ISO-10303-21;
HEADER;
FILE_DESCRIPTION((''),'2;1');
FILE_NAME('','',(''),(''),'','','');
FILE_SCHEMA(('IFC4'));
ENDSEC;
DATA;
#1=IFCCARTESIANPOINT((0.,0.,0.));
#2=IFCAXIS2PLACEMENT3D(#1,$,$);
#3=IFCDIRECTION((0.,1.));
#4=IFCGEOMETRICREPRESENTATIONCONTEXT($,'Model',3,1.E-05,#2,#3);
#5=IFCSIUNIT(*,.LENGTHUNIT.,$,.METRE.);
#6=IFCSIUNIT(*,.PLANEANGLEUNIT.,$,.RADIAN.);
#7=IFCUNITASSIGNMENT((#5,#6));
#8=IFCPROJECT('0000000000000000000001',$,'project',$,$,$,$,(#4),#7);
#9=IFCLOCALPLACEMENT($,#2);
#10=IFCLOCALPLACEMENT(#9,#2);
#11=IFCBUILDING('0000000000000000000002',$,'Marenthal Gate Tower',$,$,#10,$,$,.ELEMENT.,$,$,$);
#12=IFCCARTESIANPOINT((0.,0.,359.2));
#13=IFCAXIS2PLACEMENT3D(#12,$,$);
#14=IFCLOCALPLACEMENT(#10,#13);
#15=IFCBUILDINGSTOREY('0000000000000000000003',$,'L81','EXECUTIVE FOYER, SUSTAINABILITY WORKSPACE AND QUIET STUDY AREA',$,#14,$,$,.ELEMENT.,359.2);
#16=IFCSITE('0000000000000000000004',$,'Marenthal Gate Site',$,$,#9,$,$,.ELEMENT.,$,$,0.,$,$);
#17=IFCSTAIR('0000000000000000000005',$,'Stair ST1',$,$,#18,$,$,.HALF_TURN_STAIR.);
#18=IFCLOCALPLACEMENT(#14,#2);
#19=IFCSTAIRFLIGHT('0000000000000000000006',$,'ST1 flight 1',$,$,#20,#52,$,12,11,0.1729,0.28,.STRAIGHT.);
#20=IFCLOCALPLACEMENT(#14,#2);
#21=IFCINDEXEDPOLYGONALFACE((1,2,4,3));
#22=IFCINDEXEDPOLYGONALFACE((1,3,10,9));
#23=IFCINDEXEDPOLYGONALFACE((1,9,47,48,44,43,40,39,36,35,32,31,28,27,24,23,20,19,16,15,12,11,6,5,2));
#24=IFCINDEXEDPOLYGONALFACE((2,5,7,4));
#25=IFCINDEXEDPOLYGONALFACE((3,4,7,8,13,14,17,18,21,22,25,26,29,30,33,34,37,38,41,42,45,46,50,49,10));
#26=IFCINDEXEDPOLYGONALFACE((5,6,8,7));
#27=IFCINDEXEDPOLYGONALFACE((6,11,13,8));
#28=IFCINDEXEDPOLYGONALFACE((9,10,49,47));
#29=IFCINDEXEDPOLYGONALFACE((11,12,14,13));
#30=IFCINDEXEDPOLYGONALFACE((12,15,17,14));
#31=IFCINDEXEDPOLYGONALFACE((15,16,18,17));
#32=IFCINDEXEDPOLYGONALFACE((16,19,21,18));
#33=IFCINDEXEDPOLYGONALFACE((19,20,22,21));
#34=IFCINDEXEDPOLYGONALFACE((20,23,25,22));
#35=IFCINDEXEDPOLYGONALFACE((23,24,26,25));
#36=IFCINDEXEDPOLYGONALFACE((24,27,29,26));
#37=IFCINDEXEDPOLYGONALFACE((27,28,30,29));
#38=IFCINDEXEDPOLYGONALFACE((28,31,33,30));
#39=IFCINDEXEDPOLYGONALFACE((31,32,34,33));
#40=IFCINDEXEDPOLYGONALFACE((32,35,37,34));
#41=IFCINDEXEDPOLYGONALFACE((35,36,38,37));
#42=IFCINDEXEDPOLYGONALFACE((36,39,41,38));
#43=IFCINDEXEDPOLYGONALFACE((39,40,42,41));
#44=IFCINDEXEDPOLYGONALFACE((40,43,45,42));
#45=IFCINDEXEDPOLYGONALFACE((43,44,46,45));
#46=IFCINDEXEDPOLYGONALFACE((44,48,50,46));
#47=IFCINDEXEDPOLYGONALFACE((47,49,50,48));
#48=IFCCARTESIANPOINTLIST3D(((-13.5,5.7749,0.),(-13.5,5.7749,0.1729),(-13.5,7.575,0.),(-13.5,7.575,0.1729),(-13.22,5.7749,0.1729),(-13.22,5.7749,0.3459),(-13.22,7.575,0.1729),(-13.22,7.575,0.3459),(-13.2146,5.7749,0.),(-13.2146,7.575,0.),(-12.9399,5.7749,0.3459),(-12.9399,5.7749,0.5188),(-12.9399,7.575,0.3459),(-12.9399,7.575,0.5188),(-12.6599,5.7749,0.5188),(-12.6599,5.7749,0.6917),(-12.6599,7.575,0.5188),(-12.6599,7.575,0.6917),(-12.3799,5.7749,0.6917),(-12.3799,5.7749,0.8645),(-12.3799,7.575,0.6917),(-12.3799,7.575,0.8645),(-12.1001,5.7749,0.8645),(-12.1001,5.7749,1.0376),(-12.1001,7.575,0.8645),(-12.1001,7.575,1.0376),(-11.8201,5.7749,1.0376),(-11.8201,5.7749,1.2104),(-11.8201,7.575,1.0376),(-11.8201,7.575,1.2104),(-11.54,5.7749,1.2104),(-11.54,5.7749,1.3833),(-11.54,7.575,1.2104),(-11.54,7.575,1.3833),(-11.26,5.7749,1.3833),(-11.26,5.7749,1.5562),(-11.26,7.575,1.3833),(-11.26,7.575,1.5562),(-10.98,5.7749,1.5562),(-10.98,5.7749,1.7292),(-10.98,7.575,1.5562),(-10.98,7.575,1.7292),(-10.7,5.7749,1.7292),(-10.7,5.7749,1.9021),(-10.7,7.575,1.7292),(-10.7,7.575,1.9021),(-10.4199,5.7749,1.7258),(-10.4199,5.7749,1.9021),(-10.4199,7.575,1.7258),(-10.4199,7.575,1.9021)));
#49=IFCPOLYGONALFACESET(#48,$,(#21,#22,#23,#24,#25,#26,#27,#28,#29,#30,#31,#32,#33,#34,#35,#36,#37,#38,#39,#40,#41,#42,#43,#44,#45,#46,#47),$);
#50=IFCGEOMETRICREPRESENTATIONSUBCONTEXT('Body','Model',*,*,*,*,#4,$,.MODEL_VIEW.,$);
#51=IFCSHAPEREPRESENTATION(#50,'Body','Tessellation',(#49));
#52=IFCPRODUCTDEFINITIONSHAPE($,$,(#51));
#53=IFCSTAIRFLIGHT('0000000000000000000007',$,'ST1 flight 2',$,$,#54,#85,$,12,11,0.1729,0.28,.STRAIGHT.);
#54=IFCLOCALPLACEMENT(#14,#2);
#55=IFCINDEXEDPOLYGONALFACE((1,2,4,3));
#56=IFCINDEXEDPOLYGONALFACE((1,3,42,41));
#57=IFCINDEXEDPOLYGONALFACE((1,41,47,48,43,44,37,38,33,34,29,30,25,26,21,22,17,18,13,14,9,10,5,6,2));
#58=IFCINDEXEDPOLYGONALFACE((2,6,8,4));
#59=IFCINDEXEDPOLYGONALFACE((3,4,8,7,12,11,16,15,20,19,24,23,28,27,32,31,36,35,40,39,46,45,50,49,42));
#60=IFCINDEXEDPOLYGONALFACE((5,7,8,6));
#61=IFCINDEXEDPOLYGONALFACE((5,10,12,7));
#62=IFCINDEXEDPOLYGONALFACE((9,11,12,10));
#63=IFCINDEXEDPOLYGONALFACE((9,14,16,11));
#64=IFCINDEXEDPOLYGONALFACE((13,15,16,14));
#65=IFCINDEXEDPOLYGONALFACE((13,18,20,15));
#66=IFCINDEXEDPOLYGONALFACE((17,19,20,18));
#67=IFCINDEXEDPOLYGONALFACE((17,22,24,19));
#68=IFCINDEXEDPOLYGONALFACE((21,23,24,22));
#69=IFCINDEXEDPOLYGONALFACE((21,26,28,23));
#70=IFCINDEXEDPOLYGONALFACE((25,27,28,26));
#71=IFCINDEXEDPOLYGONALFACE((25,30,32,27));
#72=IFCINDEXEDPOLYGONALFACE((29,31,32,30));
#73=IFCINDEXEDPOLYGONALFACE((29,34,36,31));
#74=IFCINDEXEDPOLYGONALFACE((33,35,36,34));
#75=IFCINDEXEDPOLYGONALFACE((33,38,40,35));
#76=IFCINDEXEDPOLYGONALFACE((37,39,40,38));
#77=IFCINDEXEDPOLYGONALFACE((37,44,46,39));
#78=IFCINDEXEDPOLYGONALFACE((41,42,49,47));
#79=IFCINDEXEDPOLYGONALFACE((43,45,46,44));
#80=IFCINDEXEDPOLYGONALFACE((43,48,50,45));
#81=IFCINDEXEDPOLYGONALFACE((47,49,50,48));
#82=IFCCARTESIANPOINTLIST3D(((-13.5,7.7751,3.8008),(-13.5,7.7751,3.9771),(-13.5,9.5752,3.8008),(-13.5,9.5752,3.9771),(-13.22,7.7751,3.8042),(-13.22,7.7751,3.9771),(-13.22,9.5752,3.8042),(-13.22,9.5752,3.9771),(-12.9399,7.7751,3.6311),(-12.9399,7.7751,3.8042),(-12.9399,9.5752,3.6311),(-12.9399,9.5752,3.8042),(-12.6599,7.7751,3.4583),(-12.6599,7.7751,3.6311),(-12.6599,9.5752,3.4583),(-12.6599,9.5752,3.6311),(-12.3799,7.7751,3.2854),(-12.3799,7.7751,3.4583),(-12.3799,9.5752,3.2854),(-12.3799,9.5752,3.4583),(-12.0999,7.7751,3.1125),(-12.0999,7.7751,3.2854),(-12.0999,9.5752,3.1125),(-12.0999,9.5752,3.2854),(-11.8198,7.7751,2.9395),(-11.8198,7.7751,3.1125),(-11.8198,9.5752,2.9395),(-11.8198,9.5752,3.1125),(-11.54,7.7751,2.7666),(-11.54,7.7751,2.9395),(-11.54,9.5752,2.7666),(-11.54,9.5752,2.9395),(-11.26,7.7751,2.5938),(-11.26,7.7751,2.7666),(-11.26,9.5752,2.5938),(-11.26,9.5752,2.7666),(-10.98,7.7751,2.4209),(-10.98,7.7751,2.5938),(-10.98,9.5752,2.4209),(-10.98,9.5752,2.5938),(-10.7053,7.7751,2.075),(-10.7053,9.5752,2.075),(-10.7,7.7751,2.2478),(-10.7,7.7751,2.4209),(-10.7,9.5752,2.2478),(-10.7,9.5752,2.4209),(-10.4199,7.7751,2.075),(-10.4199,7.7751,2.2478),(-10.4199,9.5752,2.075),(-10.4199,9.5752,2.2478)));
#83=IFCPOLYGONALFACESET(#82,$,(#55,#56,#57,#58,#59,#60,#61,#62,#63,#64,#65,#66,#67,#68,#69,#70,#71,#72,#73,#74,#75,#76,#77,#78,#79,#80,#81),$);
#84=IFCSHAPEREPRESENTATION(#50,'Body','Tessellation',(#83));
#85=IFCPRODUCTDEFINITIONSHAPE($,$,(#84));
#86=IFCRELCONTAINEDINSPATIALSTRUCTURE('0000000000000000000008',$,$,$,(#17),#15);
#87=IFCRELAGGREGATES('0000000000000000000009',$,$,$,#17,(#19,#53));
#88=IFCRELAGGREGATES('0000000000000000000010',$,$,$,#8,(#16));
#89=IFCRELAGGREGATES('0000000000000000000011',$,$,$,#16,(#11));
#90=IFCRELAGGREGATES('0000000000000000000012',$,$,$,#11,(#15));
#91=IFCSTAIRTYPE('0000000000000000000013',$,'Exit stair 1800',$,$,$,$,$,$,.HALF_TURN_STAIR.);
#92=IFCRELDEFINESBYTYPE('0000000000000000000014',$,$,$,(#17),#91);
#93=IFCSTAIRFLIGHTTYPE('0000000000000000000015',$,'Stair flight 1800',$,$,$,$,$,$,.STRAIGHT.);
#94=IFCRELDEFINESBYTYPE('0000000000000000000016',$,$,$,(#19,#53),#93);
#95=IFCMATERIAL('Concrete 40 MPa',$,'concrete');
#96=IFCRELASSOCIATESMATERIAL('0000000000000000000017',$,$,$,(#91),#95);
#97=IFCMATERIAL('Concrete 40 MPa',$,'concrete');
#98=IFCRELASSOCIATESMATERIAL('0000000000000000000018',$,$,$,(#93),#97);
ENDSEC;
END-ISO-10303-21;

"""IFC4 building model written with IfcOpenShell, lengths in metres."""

from ifc_helpers import new_model, si_unit, direction, frame, origin, place, context, subcontext, project, spatial, polyline, outline, extrude, material, type_object, element, aggregate, save


model = new_model("IFC4")

# Units and contexts
model_context = context("Model", 3, precision=1e-05, world=origin(), true_north=direction((0.0, 1.0)))
body_context = subcontext(model_context, "Body", "Model", "MODEL_VIEW")
ifc_project = project(units=[si_unit("LENGTHUNIT", "METRE"), si_unit("PLANEANGLEUNIT", "RADIAN")], contexts=[model_context])

# Site, building, storey
site_placement = place(None, origin())
site = spatial("IfcSite", under=ifc_project, at=site_placement, Name="Marenthal Gate Site", CompositionType="ELEMENT", RefElevation=0.0)
building_placement = place(site_placement, origin())
building = spatial("IfcBuilding", under=site, at=building_placement, Name="Marenthal Gate Tower", CompositionType="ELEMENT")
storey_placement = place(building_placement, frame((0.0, 0.0, 359.2)))
storey = spatial("IfcBuildingStorey", under=building, at=storey_placement, Name="L81", Description="EXECUTIVE FOYER, SUSTAINABILITY WORKSPACE AND QUIET STUDY AREA", CompositionType="ELEMENT", Elevation=359.2)

# Stair, stair flights
ifc_material_1 = material(Name="Concrete 40 MPa", Category="concrete")
stair_type = type_object("IfcStairType", Name="Exit stair 1800", PredefinedType="HALF_TURN_STAIR", material=ifc_material_1)
stair_placement = place(storey_placement, origin())
stair = element("IfcStair", 1, at=stair_placement, inside=storey, type_object=stair_type, Name="Stair ST1", PredefinedType="HALF_TURN_STAIR")
ifc_material_2 = material(Name="Concrete 40 MPa", Category="concrete")
stair_flight_type = type_object("IfcStairFlightType", Name="Stair flight 1800", PredefinedType="STRAIGHT", material=ifc_material_2)
stair_flight_1_placement = place(storey_placement, frame((-13.5, 6.675, 0.0), z_axis=(0.0, 0.0, 1.0), x_axis=(1.0, 0.0, 0.0)))
stair_flight_1 = element("IfcStairFlight", 2, at=stair_flight_1_placement, type_object=stair_flight_type, Name="ST1 flight 1", NumberOfRisers=12, NumberOfTreads=11, PredefinedType="STRAIGHT", RiserHeight=0.1729, TreadLength=0.28, context=body_context, shape_type="SweptSolid", body=[
    extrude(outline(polyline([(0.0, 0.0), (0.0, 0.1729), (0.28, 0.1729), (0.28, 0.3459), (0.5601, 0.3459), (0.5601, 0.5188), (0.8401, 0.5188), (0.8401, 0.6917), (1.1201, 0.6917), (1.1201, 0.8645), (1.3999, 0.8645), (1.3999, 1.0376), (1.6799, 1.0376), (1.6799, 1.2104), (1.96, 1.2104), (1.96, 1.3833), (2.24, 1.3833), (2.24, 1.5562), (2.52, 1.5562), (2.52, 1.7292), (2.8, 1.7292), (2.8, 1.9021), (3.0801, 1.9021), (3.0801, 2.075), (3.0801, 1.7258), (0.2854, 0.0), (0.0, 0.0)])), frame((0.0, 0.8999, 0.0), z_axis=(0.0, -1.0, 0.0), x_axis=(1.0, 0.0, 0.0)), (0.0, 0.0, 1.0), 1.8),
])
stair_flight_2_placement = place(storey_placement, frame((-10.4199, 8.675, 2.075), z_axis=(0.0, 0.0, 1.0), x_axis=(-1.0, 0.0, 0.0)))
stair_flight_2 = element("IfcStairFlight", 3, at=stair_flight_2_placement, type_object=stair_flight_type, Name="ST1 flight 2", NumberOfRisers=12, NumberOfTreads=11, PredefinedType="STRAIGHT", RiserHeight=0.1729, TreadLength=0.28, context=body_context, shape_type="SweptSolid", body=[
    extrude(outline(polyline([(0.0, 0.0), (0.0, 0.1729), (0.28, 0.1729), (0.28, 0.3459), (0.5601, 0.3459), (0.5601, 0.5188), (0.8401, 0.5188), (0.8401, 0.6917), (1.1201, 0.6917), (1.1201, 0.8645), (1.3999, 0.8645), (1.3999, 1.0376), (1.6799, 1.0376), (1.6799, 1.2104), (1.96, 1.2104), (1.96, 1.3833), (2.24, 1.3833), (2.24, 1.5562), (2.52, 1.5562), (2.52, 1.7292), (2.8, 1.7292), (2.8, 1.9021), (3.0801, 1.9021), (3.0801, 2.075), (3.0801, 1.7258), (0.2854, 0.0), (0.0, 0.0)])), frame((0.0, 0.8999, 0.0), z_axis=(0.0, -1.0, 0.0), x_axis=(1.0, 0.0, 0.0)), (0.0, 0.0, 1.0), 1.8),
])
aggregate(stair, [stair_flight_1, stair_flight_2])

save(model, "model.ifc")
